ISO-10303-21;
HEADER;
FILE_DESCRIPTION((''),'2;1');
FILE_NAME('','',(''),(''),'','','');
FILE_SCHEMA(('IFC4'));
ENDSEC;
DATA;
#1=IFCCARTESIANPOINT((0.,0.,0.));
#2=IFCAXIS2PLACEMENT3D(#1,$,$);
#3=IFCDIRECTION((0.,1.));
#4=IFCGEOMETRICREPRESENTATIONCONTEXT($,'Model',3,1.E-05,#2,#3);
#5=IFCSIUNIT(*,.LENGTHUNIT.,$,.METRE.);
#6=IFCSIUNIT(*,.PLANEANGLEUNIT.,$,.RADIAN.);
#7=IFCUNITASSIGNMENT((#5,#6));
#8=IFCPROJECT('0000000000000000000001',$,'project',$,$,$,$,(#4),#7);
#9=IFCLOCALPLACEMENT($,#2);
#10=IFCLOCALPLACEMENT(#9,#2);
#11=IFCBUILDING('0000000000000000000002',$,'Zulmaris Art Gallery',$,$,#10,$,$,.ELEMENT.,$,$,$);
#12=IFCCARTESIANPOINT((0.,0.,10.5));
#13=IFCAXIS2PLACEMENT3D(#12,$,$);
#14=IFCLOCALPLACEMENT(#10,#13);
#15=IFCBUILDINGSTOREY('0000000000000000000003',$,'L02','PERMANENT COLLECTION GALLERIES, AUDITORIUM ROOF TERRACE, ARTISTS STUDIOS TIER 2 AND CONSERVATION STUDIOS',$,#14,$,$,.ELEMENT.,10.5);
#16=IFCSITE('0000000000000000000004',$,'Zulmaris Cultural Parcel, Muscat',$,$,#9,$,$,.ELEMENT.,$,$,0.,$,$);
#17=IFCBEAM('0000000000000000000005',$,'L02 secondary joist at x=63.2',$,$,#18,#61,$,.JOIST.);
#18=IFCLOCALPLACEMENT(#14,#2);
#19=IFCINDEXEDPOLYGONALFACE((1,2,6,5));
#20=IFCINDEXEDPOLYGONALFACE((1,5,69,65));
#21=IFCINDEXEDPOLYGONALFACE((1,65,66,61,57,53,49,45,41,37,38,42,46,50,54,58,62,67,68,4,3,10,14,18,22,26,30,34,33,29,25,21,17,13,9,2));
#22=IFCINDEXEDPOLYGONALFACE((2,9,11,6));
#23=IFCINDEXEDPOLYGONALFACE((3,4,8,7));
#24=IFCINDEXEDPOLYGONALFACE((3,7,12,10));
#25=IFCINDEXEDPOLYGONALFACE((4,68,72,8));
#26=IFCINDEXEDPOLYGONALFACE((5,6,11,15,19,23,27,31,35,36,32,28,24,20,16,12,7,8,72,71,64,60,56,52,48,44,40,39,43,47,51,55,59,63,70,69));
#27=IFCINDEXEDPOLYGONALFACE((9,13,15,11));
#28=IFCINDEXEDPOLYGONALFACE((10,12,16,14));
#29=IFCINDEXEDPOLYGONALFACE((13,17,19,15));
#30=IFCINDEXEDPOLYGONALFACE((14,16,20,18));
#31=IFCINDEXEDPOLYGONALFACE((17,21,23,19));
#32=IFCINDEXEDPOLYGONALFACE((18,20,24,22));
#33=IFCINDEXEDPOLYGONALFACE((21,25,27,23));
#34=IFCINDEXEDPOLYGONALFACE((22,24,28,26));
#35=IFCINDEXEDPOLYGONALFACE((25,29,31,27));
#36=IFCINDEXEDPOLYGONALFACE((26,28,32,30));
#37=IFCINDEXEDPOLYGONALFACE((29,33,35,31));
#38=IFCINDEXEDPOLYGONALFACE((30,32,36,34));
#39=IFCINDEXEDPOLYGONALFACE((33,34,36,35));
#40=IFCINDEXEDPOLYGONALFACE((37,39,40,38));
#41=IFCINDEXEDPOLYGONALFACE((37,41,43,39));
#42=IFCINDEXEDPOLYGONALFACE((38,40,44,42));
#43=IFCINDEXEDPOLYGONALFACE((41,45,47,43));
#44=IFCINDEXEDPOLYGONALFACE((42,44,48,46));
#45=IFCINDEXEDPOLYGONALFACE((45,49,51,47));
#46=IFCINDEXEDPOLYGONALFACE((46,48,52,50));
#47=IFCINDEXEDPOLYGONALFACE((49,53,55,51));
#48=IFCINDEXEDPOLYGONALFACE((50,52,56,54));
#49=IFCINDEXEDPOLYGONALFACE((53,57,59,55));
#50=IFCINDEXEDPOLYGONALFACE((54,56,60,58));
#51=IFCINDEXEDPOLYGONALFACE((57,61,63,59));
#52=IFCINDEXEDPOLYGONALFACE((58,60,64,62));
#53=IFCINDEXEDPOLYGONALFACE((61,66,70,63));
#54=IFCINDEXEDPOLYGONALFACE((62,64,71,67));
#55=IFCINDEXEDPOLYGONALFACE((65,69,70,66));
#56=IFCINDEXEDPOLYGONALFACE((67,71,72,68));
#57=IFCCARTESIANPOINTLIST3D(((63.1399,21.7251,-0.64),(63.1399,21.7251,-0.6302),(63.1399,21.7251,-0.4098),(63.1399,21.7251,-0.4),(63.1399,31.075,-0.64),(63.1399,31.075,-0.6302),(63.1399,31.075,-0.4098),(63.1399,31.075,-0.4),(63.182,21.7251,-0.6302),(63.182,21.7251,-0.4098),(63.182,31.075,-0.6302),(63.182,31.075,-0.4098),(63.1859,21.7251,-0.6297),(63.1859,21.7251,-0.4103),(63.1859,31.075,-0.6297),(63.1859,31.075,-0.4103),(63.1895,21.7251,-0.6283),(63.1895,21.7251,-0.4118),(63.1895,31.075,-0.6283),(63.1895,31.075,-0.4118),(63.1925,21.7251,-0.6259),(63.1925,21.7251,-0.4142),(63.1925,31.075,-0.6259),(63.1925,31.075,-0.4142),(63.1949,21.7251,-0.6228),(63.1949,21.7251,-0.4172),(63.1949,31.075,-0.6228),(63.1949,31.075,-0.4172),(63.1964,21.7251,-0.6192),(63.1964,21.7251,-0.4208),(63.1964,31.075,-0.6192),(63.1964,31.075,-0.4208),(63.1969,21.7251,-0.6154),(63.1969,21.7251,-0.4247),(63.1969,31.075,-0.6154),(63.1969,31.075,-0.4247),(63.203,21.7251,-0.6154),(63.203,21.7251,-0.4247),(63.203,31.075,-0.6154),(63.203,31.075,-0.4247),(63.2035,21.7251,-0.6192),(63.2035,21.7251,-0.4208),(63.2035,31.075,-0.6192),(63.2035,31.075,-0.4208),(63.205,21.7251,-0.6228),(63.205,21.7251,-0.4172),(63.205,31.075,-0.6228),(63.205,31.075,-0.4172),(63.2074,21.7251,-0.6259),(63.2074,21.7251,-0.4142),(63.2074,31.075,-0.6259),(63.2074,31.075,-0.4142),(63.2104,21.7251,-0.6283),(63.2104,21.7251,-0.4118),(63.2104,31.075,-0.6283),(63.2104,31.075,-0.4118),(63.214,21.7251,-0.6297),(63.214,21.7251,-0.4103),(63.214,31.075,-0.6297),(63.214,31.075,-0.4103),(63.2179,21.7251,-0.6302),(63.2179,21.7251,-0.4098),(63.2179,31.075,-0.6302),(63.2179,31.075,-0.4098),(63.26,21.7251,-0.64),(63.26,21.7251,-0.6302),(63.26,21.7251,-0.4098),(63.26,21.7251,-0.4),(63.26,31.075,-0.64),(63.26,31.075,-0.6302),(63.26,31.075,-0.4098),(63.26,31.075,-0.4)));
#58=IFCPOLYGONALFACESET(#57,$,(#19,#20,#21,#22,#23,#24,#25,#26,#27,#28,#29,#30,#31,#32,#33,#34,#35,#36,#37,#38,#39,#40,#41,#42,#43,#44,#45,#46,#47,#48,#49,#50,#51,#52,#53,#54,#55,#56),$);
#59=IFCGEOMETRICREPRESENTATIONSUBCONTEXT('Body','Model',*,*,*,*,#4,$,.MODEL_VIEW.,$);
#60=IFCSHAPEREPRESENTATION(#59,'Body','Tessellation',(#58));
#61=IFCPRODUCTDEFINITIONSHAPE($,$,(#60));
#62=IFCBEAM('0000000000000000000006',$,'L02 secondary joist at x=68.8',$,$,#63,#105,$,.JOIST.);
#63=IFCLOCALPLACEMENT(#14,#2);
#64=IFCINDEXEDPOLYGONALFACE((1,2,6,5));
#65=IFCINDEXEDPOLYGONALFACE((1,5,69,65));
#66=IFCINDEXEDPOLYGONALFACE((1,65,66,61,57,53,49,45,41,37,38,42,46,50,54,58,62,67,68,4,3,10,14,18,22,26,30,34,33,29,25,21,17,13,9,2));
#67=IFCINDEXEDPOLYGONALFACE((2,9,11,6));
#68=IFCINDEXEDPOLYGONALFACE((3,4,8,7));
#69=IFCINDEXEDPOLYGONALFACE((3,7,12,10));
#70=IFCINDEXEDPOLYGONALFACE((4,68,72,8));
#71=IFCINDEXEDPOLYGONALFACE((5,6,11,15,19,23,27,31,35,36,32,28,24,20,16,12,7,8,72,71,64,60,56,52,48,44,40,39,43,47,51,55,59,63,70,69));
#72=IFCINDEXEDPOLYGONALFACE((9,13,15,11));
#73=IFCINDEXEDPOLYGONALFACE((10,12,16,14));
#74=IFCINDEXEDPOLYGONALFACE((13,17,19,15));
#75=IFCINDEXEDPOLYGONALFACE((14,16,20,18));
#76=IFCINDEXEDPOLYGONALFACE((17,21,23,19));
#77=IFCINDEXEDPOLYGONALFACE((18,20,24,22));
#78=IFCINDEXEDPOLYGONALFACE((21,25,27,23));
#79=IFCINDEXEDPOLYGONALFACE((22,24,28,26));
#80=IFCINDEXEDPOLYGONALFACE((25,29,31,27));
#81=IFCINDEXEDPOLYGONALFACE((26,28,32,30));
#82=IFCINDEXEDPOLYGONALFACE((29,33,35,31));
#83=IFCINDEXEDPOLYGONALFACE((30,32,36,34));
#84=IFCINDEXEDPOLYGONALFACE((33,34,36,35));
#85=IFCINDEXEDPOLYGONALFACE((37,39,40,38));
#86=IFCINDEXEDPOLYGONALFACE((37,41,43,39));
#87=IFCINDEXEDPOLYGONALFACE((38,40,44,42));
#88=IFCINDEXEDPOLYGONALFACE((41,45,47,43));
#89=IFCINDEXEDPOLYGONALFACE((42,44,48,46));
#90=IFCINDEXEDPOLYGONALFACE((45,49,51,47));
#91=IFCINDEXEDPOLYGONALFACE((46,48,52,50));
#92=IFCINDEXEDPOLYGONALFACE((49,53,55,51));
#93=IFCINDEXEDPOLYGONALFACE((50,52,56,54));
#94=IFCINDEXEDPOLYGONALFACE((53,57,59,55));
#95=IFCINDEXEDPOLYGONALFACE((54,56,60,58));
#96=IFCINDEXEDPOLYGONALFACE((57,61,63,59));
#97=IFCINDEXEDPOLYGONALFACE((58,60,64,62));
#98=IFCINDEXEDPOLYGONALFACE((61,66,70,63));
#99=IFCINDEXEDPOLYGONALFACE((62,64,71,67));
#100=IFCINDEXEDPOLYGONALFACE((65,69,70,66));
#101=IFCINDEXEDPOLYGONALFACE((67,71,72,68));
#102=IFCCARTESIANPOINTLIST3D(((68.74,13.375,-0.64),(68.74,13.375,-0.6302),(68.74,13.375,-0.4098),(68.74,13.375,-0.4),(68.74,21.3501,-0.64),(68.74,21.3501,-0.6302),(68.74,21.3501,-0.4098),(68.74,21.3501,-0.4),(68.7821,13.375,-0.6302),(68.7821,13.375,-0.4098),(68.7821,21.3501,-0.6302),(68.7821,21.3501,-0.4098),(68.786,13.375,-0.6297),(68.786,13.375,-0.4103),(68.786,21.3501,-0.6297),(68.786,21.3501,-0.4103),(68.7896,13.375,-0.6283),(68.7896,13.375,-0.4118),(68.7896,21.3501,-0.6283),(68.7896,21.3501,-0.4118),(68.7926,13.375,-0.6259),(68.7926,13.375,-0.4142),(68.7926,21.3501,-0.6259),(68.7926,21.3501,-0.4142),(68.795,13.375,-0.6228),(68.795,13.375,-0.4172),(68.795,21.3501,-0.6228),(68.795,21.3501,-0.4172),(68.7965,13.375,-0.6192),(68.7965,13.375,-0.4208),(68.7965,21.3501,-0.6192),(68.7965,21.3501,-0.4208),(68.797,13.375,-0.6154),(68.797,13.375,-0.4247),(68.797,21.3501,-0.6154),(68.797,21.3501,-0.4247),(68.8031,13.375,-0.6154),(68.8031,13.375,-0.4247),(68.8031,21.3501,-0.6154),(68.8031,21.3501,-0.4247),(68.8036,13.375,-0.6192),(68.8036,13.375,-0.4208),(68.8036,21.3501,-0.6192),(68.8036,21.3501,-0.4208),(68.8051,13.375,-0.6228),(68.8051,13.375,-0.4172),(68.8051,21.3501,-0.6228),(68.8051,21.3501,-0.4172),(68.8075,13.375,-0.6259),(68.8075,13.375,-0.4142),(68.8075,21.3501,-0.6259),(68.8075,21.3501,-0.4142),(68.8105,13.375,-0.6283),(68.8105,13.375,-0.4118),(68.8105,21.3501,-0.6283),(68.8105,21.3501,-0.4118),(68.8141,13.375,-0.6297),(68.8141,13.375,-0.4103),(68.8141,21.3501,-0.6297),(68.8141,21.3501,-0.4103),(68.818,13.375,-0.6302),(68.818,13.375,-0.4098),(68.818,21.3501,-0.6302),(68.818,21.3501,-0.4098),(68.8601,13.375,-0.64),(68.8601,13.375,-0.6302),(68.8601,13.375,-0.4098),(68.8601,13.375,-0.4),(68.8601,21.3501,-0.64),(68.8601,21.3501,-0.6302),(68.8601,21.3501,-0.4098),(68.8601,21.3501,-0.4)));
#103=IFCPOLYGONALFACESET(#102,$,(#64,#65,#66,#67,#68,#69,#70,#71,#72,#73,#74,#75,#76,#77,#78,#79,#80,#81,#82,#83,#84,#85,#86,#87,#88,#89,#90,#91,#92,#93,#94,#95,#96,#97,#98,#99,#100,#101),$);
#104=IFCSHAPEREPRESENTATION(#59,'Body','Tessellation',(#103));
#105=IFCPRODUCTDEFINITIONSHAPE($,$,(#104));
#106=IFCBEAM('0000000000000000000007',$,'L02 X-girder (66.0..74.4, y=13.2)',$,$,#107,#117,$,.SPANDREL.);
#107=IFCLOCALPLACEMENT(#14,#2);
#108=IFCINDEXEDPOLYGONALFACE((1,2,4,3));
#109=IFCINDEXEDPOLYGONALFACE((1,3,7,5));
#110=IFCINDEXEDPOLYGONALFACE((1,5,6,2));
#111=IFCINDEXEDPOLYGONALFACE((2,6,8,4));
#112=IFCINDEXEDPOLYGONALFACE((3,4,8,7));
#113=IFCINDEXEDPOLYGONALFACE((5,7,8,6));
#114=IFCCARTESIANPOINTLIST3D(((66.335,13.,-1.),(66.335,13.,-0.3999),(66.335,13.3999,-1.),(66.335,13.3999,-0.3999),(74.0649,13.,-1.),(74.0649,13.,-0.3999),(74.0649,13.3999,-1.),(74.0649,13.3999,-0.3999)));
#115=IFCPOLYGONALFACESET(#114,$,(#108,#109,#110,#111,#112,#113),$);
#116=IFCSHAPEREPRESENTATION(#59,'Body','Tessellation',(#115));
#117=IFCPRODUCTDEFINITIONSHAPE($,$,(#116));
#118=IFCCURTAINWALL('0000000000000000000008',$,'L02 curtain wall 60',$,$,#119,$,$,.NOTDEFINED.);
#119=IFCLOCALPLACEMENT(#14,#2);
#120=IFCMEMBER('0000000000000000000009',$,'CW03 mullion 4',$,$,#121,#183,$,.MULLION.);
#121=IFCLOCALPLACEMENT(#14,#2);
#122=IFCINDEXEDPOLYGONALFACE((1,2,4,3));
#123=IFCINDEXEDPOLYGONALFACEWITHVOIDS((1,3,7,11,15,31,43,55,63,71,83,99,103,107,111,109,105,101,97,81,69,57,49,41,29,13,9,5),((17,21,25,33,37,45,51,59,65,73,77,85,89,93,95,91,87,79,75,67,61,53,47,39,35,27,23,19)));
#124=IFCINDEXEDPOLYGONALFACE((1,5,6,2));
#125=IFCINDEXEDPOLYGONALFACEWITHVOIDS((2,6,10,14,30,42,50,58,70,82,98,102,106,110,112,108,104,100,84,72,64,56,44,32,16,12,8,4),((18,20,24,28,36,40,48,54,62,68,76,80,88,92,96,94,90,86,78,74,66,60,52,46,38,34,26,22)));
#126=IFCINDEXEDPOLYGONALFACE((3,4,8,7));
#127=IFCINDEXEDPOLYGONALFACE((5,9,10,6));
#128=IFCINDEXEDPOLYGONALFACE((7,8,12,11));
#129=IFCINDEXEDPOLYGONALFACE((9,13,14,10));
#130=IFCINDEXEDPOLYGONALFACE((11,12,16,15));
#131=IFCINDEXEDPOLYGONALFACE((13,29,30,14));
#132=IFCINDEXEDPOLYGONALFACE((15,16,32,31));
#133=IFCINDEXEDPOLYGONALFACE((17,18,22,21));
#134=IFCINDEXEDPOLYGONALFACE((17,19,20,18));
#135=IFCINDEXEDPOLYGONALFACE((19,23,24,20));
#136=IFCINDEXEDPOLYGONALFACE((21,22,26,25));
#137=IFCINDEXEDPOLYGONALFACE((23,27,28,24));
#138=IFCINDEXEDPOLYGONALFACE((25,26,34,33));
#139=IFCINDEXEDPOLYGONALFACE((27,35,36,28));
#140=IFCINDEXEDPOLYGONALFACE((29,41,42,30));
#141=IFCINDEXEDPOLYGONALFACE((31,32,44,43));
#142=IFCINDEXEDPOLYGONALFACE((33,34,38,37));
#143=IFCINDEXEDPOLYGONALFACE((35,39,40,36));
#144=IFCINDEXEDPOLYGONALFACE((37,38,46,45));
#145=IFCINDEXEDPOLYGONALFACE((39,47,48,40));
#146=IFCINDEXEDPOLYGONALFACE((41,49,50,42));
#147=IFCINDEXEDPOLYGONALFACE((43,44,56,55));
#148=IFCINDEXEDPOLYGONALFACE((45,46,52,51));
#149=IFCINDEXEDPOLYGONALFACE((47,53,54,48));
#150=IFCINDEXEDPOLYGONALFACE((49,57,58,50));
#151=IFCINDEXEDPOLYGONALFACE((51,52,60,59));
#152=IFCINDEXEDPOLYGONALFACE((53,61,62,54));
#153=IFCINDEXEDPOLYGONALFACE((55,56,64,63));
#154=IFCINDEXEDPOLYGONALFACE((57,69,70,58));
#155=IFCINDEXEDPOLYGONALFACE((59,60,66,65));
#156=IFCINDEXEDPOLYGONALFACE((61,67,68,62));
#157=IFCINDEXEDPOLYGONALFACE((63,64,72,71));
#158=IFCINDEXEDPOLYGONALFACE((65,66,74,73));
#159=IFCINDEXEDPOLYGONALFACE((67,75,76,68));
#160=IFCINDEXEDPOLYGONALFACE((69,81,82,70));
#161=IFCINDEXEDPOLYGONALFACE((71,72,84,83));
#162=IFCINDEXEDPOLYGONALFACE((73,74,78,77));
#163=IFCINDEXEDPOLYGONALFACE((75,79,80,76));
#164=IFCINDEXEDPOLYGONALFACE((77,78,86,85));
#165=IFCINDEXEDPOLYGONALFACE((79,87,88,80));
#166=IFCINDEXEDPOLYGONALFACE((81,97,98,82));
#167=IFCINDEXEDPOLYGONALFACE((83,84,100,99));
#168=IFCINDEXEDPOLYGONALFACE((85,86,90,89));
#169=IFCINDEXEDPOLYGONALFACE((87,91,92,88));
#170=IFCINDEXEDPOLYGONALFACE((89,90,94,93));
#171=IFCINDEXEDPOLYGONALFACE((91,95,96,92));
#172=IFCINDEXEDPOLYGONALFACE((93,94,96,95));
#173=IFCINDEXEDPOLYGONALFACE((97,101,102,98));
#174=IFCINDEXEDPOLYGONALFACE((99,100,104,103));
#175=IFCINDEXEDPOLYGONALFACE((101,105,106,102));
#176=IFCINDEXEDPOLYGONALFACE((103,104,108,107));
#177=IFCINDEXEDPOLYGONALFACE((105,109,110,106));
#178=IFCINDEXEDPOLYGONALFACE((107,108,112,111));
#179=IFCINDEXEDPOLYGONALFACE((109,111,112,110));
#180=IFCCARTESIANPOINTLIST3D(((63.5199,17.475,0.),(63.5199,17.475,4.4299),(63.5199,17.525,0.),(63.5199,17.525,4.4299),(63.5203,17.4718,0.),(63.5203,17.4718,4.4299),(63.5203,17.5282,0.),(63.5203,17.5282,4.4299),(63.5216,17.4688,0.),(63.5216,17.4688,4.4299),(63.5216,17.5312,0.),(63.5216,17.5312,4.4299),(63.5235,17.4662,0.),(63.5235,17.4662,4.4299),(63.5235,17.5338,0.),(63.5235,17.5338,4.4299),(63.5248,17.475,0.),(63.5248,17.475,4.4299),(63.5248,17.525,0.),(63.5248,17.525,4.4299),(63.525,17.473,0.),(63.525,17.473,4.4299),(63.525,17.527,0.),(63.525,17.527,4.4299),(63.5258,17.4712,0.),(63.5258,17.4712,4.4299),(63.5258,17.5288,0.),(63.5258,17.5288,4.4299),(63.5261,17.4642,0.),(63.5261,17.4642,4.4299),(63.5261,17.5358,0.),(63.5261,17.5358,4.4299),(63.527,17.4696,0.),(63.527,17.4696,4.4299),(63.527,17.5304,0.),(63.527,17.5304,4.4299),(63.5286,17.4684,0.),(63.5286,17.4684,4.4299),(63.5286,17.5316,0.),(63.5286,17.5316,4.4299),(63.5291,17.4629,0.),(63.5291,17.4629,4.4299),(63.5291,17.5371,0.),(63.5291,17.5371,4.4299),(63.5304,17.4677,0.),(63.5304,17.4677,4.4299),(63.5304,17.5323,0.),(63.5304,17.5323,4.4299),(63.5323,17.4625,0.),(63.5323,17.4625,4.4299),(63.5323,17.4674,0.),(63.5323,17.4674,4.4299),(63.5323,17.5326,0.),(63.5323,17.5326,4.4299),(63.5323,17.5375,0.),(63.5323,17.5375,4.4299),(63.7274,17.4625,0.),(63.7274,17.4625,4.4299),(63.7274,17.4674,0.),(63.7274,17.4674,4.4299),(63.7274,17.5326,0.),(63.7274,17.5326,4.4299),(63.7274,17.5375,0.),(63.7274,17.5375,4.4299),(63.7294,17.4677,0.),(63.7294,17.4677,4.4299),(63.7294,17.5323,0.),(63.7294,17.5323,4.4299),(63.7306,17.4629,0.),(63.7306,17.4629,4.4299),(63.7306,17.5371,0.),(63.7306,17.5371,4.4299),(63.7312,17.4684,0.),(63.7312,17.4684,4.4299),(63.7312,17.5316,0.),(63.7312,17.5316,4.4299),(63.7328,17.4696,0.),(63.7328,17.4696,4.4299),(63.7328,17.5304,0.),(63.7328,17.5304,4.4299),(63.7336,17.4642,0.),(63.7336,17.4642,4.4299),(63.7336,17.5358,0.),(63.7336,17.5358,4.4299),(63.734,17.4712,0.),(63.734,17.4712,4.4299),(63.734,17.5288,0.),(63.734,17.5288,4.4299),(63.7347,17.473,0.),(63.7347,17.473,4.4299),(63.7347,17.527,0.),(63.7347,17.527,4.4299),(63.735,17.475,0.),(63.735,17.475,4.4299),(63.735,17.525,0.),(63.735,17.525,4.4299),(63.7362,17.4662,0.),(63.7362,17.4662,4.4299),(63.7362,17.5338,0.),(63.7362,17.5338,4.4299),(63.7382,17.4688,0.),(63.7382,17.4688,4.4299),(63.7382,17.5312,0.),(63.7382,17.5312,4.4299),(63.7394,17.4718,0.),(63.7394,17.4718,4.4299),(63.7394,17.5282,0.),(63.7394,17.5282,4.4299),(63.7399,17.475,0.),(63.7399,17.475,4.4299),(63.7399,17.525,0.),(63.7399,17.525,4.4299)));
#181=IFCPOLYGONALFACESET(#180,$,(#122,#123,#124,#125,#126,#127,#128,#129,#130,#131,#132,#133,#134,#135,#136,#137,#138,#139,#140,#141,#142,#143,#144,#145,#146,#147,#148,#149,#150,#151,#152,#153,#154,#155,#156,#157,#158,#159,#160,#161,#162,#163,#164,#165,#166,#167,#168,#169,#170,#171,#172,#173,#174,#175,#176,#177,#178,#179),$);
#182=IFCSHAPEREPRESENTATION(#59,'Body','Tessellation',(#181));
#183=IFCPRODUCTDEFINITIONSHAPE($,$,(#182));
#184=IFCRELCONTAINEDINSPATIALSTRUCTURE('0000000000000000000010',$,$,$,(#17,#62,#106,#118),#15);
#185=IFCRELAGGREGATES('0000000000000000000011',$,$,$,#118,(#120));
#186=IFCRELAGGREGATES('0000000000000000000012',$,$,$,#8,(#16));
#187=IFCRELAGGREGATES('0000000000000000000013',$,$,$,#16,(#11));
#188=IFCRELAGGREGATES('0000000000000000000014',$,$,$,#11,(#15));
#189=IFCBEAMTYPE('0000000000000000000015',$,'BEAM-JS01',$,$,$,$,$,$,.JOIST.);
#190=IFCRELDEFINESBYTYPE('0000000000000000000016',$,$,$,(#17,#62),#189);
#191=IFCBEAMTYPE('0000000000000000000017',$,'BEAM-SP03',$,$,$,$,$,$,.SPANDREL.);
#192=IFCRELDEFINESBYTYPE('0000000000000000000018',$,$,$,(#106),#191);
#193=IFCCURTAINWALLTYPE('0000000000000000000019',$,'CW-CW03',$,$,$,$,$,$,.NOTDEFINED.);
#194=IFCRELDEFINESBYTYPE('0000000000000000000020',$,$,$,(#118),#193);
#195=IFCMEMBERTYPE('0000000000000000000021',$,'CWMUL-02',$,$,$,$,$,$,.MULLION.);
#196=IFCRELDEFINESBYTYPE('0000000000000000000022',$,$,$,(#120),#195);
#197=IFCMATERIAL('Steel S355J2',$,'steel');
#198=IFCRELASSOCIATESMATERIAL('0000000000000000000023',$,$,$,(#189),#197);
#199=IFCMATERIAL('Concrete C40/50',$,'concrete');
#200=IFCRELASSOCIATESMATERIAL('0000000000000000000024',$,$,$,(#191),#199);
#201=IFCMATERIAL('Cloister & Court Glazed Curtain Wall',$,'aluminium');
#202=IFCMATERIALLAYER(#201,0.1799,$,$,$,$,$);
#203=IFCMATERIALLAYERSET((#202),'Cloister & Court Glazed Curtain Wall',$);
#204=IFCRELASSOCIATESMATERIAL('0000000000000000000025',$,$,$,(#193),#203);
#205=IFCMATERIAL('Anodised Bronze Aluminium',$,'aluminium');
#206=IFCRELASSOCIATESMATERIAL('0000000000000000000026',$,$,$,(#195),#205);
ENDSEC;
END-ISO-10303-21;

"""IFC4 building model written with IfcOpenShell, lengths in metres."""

from ifc_helpers import new_model, si_unit, direction, frame, origin, origin_2d, place, context, subcontext, project, spatial, rectangle, hollow_rectangle, i_section, extrude, material, layer, layer_set, material_profile, profile_set, type_object, element, aggregate, save


model = new_model("IFC4")

# Units and contexts
model_context = context("Model", 3, precision=1e-05, world=origin(), true_north=direction((0.0, 1.0)))
body_context = subcontext(model_context, "Body", "Model", "MODEL_VIEW")
ifc_project = project(units=[si_unit("LENGTHUNIT", "METRE"), si_unit("PLANEANGLEUNIT", "RADIAN")], contexts=[model_context])

# Site, building, storey
site_placement = place(None, origin())
site = spatial("IfcSite", under=ifc_project, at=site_placement, Name="Zulmaris Cultural Parcel, Muscat", CompositionType="ELEMENT", RefElevation=0.0)
building_placement = place(site_placement, origin())
building = spatial("IfcBuilding", under=site, at=building_placement, Name="Zulmaris Art Gallery", CompositionType="ELEMENT")
storey_placement = place(building_placement, frame((0.0, 0.0, 10.5)))
storey = spatial("IfcBuildingStorey", under=building, at=storey_placement, Name="L02", Description="PERMANENT COLLECTION GALLERIES, AUDITORIUM ROOF TERRACE, ARTISTS STUDIOS TIER 2 AND CONSERVATION STUDIOS", CompositionType="ELEMENT", Elevation=10.5)

# Shared definitions
ifc_material_1 = material(Name="Concrete C40/50", Category="concrete")

# Beams
ifc_material_2 = material(Name="Steel S355J2", Category="steel")
ifc_material_profile_1 = material_profile(ifc_material_2, i_section(OverallWidth=0.1201, OverallDepth=0.24, WebThickness=0.0061, FlangeThickness=0.0098, FilletRadius=0.0149, at=origin_2d()), Name="IPE 240")
ifc_profile_set_1 = profile_set([ifc_material_profile_1], Name="Steel S355J2")
beam_type_1 = type_object("IfcBeamType", Name="BEAM-JS01", PredefinedType="JOIST", material=ifc_profile_set_1)
beam_1_placement = place(storey_placement, frame((63.2, 21.7251, -0.52), z_axis=(0.0, 1.0, 0.0), x_axis=(-1.0, 0.0, 0.0)))
element("IfcBeam", 1, at=beam_1_placement, inside=storey, type_object=beam_type_1, Name="L02 secondary joist at x=63.2", PredefinedType="JOIST", context=body_context, shape_type="SweptSolid", body=[
    extrude(i_section(OverallWidth=0.1201, OverallDepth=0.24, WebThickness=0.0061, FlangeThickness=0.0098, FilletRadius=0.0149, at=origin_2d()), origin(), (0.0, 0.0, 1.0), 9.3499),
])
beam_2_placement = place(storey_placement, frame((68.8, 13.375, -0.52), z_axis=(0.0, 1.0, 0.0), x_axis=(-1.0, 0.0, 0.0)))
element("IfcBeam", 2, at=beam_2_placement, inside=storey, type_object=beam_type_1, Name="L02 secondary joist at x=68.8", PredefinedType="JOIST", context=body_context, shape_type="SweptSolid", body=[
    extrude(i_section(OverallWidth=0.1201, OverallDepth=0.24, WebThickness=0.0061, FlangeThickness=0.0098, FilletRadius=0.0149, at=origin_2d()), origin(), (0.0, 0.0, 1.0), 7.9751),
])
ifc_material_profile_2 = material_profile(ifc_material_1, rectangle(XDim=0.3999, YDim=0.6001, at=origin_2d()), Name="RC 400x600")
ifc_profile_set_2 = profile_set([ifc_material_profile_2], Name="Concrete C40/50")
beam_type_2 = type_object("IfcBeamType", Name="BEAM-SP03", PredefinedType="SPANDREL", material=ifc_profile_set_2)
beam_3_placement = place(storey_placement, frame((66.335, 13.2, -0.7), z_axis=(1.0, 0.0, 0.0), x_axis=(0.0, 1.0, 0.0)))
element("IfcBeam", 3, at=beam_3_placement, inside=storey, type_object=beam_type_2, Name="L02 X-girder (66.0..74.4, y=13.2)", PredefinedType="SPANDREL", context=body_context, shape_type="SweptSolid", body=[
    extrude(rectangle(XDim=0.3999, YDim=0.6001, at=origin_2d()), origin(), (0.0, 0.0, 1.0), 7.73),
])

# Curtain wall, member
ifc_material_3 = material(Name="Cloister & Court Glazed Curtain Wall", Category="aluminium")
ifc_layer_1 = layer(ifc_material_3, 0.1799)
ifc_layer_set_1 = layer_set([ifc_layer_1], Name="Cloister & Court Glazed Curtain Wall")
curtain_wall_type = type_object("IfcCurtainWallType", Name="CW-CW03", PredefinedType="NOTDEFINED", material=ifc_layer_set_1)
curtain_wall_1_placement = place(storey_placement, origin())
curtain_wall_1 = element("IfcCurtainWall", 4, at=curtain_wall_1_placement, inside=storey, type_object=curtain_wall_type, Name="L02 curtain wall 60", PredefinedType="NOTDEFINED")
ifc_material_4 = material(Name="Anodised Bronze Aluminium", Category="aluminium")
ifc_material_profile_3 = material_profile(ifc_material_4, hollow_rectangle(XDim=0.075, YDim=0.22, WallThickness=0.0049, InnerFilletRadius=0.0076, OuterFilletRadius=0.0125, at=origin_2d()), Name="ALU 75x220x5")
ifc_profile_set_3 = profile_set([ifc_material_profile_3], Name="Anodised Bronze Aluminium")
member_type_1 = type_object("IfcMemberType", Name="CWMUL-02", PredefinedType="MULLION", material=ifc_profile_set_3)
member_1_placement = place(storey_placement, frame((63.6299, 17.5, 0.0), z_axis=(0.0, 0.0, 1.0), x_axis=(0.0, 1.0, 0.0)))
member_1 = element("IfcMember", 5, at=member_1_placement, type_object=member_type_1, Name="CW03 mullion 4", PredefinedType="MULLION", context=body_context, shape_type="SweptSolid", body=[
    extrude(hollow_rectangle(XDim=0.075, YDim=0.22, WallThickness=0.0049, InnerFilletRadius=0.0076, OuterFilletRadius=0.0125, at=origin_2d()), origin(), (0.0, 0.0, 1.0), 4.4299),
])

aggregate(curtain_wall_1, [member_1])

save(model, "model.ifc")
